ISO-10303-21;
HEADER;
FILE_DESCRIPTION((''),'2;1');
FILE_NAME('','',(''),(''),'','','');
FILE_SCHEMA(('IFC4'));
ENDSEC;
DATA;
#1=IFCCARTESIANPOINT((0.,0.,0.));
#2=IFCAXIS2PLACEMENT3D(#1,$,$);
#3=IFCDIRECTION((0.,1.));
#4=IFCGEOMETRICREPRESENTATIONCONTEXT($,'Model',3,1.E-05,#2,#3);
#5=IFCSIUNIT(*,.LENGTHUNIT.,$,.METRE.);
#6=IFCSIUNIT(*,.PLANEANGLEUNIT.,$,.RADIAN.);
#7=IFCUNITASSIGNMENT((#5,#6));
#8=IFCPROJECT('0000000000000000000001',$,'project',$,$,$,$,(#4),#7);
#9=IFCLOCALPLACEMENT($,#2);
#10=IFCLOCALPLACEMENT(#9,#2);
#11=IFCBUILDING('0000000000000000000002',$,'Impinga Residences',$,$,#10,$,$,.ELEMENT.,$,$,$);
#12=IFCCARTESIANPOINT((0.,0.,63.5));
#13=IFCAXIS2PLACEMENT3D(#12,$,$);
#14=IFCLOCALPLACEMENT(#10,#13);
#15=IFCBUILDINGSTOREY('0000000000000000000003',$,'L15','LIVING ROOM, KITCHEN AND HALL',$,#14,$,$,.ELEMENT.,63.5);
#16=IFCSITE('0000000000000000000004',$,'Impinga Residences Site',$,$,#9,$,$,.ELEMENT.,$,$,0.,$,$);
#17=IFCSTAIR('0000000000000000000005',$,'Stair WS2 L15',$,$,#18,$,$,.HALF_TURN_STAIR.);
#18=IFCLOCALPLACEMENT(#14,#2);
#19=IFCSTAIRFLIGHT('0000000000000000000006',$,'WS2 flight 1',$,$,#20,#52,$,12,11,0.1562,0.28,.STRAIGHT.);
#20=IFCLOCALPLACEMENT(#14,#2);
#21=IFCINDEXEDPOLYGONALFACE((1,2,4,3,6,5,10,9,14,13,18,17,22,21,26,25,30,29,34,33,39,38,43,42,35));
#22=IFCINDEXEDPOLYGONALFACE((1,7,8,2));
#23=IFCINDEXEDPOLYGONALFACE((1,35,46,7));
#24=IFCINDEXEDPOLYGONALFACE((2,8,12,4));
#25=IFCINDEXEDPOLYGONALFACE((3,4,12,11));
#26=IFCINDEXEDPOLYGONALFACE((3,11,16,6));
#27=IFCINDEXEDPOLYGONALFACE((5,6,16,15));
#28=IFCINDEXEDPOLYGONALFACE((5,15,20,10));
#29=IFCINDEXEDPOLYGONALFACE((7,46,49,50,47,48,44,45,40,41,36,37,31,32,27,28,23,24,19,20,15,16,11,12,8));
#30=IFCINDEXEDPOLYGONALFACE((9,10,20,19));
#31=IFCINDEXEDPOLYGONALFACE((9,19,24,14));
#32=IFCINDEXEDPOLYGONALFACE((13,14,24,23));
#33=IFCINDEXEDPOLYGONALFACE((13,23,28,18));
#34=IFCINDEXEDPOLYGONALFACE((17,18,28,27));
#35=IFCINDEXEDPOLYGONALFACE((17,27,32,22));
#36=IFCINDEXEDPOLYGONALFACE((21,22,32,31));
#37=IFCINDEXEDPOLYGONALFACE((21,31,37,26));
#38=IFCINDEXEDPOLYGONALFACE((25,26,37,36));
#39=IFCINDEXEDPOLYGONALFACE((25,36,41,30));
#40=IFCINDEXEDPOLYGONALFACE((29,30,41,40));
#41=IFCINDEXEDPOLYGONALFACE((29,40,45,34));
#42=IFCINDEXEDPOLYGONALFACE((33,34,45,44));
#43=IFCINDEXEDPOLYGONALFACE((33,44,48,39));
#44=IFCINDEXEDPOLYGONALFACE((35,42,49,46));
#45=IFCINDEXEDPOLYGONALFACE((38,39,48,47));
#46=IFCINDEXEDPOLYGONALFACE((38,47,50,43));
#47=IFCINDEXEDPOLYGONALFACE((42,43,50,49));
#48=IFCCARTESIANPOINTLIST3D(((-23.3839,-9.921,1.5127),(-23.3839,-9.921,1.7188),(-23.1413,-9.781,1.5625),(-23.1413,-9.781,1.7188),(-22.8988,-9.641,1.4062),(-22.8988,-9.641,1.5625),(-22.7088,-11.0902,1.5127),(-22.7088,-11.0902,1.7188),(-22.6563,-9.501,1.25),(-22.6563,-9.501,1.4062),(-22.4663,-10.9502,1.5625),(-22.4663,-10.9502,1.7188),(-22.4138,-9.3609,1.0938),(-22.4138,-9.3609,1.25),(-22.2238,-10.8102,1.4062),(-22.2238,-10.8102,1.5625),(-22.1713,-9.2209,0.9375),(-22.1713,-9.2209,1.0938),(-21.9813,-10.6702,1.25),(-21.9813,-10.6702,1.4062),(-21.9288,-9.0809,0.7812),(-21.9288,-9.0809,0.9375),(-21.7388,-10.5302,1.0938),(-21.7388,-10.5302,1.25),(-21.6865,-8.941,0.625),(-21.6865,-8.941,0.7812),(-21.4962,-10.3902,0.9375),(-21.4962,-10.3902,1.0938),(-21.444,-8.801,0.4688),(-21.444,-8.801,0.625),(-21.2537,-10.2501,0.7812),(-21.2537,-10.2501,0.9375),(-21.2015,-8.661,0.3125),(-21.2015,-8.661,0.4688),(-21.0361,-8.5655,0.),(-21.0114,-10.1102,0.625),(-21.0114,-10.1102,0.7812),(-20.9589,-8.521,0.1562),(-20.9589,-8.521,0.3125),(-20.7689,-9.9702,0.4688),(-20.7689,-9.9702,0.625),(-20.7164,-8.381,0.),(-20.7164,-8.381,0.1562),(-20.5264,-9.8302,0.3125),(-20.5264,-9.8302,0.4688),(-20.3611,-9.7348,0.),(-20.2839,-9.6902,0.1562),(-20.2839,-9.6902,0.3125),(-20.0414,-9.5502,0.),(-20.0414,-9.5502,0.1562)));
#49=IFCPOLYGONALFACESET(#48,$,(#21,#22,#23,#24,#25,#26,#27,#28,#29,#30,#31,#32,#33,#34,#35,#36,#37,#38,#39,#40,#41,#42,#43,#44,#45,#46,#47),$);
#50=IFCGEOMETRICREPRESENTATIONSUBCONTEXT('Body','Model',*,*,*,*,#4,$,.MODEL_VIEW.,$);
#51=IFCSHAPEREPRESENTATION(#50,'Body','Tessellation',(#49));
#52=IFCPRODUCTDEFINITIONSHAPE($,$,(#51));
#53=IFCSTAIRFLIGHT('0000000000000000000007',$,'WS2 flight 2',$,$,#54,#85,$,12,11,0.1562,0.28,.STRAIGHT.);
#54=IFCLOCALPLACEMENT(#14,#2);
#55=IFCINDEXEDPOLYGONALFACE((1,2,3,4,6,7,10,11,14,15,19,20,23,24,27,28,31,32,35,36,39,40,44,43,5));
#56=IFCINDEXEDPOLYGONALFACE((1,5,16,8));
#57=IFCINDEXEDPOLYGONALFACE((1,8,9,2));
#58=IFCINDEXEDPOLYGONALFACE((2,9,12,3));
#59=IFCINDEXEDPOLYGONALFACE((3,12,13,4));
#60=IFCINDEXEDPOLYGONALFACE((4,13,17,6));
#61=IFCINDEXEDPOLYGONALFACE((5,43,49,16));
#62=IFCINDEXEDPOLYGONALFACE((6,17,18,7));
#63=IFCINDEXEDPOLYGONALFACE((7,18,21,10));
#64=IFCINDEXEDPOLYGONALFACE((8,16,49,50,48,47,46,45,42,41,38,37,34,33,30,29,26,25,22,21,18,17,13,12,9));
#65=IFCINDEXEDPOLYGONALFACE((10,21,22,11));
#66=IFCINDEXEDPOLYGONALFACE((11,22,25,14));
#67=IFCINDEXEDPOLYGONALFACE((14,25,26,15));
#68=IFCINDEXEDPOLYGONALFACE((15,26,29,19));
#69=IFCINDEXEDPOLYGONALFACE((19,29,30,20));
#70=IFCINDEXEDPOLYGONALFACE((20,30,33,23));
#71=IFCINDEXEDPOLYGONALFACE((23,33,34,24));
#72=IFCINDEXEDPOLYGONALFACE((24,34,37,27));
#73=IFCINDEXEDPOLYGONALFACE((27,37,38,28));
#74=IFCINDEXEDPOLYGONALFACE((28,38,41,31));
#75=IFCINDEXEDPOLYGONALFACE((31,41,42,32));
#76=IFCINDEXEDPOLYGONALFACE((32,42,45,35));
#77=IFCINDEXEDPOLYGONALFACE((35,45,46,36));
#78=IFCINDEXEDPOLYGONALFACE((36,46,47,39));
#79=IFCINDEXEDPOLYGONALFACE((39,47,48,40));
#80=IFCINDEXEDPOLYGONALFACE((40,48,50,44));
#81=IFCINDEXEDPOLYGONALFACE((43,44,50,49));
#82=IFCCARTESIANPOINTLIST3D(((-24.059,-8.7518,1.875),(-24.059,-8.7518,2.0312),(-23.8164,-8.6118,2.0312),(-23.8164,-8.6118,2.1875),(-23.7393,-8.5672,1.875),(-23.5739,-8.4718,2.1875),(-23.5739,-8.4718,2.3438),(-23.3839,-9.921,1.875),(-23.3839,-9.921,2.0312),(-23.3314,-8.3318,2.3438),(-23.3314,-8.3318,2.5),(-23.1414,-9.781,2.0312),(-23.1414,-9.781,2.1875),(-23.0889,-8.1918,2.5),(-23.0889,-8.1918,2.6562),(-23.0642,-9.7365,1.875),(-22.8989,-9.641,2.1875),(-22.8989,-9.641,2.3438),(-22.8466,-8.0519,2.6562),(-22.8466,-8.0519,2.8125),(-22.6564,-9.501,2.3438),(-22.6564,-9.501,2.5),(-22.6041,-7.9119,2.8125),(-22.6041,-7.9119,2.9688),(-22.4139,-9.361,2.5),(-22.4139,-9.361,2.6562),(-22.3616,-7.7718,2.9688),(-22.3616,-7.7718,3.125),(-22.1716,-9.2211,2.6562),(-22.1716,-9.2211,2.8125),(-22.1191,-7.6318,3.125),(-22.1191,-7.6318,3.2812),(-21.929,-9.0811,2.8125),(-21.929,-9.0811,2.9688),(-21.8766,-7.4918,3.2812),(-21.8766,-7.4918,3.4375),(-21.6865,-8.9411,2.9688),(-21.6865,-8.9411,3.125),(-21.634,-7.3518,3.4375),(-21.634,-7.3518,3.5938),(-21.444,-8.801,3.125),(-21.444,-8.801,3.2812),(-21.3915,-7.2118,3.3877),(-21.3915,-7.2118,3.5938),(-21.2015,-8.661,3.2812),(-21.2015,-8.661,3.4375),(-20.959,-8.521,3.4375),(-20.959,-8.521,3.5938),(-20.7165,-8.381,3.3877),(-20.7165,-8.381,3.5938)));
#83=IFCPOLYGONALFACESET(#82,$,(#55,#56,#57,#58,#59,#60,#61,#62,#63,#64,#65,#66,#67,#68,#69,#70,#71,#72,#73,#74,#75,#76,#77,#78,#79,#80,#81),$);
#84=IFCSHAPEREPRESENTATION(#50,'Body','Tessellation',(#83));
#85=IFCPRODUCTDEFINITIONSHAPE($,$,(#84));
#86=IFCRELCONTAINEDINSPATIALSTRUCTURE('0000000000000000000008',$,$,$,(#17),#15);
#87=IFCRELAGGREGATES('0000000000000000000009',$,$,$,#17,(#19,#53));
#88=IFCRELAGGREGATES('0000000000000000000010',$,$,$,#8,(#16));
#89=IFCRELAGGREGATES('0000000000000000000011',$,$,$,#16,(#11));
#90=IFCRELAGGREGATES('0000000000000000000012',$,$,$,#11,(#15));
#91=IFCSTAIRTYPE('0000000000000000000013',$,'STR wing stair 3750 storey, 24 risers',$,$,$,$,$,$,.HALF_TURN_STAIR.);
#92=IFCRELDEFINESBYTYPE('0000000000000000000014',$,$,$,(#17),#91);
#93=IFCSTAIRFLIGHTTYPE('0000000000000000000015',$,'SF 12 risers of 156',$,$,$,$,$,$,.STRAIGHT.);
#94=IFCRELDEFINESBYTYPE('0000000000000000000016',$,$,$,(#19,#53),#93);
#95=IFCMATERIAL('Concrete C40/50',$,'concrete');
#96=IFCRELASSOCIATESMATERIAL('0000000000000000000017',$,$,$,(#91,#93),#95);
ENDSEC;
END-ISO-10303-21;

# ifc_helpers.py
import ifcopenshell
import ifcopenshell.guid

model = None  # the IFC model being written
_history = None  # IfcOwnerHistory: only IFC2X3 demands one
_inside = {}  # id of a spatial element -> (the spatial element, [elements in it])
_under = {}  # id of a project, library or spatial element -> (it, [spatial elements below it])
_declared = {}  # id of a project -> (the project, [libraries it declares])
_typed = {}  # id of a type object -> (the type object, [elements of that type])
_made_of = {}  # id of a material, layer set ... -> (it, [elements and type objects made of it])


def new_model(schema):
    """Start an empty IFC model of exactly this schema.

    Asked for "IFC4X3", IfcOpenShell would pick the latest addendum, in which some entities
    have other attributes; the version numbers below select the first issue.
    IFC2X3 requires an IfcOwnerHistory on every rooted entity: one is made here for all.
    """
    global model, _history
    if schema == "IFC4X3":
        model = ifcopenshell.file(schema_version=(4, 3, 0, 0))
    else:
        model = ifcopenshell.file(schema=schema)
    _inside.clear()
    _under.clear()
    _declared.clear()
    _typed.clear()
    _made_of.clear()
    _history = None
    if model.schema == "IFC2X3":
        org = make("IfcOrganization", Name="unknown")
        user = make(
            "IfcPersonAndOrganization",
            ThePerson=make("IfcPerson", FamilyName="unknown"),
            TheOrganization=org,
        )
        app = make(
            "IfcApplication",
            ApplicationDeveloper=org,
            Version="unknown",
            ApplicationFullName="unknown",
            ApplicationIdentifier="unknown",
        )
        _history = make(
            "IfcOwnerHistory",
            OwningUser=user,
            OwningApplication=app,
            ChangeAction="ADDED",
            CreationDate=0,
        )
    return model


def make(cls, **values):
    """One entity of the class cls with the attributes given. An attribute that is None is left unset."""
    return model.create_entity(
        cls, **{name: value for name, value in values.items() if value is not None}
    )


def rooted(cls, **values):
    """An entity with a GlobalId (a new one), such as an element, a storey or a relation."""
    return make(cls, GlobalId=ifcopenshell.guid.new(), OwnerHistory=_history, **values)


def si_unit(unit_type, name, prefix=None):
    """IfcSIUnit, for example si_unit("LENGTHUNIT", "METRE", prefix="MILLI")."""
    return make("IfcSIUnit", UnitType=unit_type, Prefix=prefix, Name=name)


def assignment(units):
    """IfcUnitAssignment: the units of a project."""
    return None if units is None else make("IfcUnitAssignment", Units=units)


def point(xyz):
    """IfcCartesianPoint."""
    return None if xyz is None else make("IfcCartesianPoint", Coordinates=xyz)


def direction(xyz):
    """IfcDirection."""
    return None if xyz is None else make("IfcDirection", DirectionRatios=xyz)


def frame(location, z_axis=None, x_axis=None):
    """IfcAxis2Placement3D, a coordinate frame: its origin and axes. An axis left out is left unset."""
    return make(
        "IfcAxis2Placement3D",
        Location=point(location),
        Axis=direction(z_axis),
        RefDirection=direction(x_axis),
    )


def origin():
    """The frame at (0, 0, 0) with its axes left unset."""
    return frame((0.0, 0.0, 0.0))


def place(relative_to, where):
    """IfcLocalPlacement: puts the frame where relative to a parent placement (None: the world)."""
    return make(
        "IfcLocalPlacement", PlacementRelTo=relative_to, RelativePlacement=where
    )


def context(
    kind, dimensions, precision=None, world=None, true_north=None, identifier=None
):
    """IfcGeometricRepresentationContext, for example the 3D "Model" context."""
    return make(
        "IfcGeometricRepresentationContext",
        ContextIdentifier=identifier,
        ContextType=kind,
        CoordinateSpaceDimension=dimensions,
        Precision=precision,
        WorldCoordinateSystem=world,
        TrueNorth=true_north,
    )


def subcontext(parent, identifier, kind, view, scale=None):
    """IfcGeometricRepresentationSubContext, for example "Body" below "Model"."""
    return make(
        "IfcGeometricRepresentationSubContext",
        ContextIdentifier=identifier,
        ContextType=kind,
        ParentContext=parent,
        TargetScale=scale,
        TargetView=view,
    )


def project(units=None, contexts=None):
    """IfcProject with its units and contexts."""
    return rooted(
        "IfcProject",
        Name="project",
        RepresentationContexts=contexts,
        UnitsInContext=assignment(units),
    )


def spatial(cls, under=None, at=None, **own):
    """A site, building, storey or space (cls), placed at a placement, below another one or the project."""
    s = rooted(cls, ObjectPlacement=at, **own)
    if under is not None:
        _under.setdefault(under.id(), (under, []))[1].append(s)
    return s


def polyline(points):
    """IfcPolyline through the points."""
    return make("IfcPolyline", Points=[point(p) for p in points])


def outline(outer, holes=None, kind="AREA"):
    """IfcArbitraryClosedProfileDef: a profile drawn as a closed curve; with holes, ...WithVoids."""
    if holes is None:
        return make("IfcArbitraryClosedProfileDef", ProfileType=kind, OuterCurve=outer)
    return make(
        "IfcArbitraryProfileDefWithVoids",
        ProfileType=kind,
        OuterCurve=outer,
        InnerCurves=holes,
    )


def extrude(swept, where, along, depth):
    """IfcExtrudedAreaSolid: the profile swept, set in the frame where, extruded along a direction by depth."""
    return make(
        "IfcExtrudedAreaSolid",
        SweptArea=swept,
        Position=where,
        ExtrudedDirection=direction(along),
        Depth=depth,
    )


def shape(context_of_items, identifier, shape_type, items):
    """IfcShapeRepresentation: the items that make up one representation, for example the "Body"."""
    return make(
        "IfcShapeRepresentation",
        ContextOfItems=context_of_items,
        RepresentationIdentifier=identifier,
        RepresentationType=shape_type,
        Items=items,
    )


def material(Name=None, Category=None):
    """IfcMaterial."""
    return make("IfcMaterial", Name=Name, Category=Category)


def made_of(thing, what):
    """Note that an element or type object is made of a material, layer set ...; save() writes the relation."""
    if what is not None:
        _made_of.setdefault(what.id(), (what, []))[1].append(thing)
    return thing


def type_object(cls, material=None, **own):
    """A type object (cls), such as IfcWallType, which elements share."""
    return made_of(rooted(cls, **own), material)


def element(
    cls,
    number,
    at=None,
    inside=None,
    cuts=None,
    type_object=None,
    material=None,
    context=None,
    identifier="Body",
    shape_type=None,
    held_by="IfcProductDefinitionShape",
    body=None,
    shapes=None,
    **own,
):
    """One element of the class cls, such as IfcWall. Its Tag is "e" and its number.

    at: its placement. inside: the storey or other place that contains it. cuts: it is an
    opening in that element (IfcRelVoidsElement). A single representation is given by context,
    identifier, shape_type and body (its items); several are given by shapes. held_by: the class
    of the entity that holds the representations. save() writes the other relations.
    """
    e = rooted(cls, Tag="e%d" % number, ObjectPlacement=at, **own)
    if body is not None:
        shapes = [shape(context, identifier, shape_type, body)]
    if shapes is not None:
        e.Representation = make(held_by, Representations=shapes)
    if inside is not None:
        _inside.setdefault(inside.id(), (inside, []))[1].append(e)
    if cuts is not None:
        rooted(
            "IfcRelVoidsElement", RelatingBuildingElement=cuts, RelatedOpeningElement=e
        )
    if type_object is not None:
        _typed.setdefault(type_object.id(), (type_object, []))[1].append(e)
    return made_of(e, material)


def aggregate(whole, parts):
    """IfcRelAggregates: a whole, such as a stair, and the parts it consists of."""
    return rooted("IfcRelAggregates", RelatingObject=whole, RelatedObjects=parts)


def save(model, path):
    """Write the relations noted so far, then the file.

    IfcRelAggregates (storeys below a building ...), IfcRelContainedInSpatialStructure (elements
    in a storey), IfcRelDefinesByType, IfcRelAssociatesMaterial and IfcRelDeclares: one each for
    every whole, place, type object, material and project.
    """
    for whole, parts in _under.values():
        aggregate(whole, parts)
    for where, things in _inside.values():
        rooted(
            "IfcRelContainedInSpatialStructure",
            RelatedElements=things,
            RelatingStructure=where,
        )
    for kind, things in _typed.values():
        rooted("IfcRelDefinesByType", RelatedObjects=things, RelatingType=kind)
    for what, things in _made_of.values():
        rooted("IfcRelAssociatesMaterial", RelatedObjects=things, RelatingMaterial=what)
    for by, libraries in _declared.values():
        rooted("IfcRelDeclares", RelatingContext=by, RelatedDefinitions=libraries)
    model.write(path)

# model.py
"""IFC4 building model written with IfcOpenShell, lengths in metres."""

from ifc_helpers import new_model, si_unit, direction, frame, origin, place, context, subcontext, project, spatial, polyline, outline, extrude, material, type_object, element, aggregate, save


model = new_model("IFC4")

# Units and contexts
model_context = context("Model", 3, precision=1e-05, world=origin(), true_north=direction((0.0, 1.0)))
body_context = subcontext(model_context, "Body", "Model", "MODEL_VIEW")
ifc_project = project(units=[si_unit("LENGTHUNIT", "METRE"), si_unit("PLANEANGLEUNIT", "RADIAN")], contexts=[model_context])

# Site, building, storey
site_placement = place(None, origin())
site = spatial("IfcSite", under=ifc_project, at=site_placement, Name="Impinga Residences Site", CompositionType="ELEMENT", RefElevation=0.0)
building_placement = place(site_placement, origin())
building = spatial("IfcBuilding", under=site, at=building_placement, Name="Impinga Residences", CompositionType="ELEMENT")
storey_placement = place(building_placement, frame((0.0, 0.0, 63.5)))
storey = spatial("IfcBuildingStorey", under=building, at=storey_placement, Name="L15", Description="LIVING ROOM, KITCHEN AND HALL", CompositionType="ELEMENT", Elevation=63.5)

# Stair, stair flights
ifc_material_1 = material(Name="Concrete C40/50", Category="concrete")
stair_type = type_object("IfcStairType", Name="STR wing stair 3750 storey, 24 risers", PredefinedType="HALF_TURN_STAIR", material=ifc_material_1)
stair_placement = place(storey_placement, origin())
stair = element("IfcStair", 1, at=stair_placement, inside=storey, type_object=stair_type, Name="Stair WS2 L15", PredefinedType="HALF_TURN_STAIR")
stair_flight_type = type_object("IfcStairFlightType", Name="SF 12 risers of 156", PredefinedType="STRAIGHT", material=ifc_material_1)
stair_flight_1_placement = place(storey_placement, frame((-20.3789, -8.9656, 0.0), z_axis=(0.0, 0.0, 1.0), x_axis=(-0.866025, -0.5, 0.0)))
stair_flight_1 = element("IfcStairFlight", 2, at=stair_flight_1_placement, type_object=stair_flight_type, Name="WS2 flight 1", NumberOfRisers=12, NumberOfTreads=11, PredefinedType="STRAIGHT", RiserHeight=0.1562, TreadLength=0.28, context=body_context, shape_type="SweptSolid", body=[
    extrude(outline(polyline([(0.0, 0.0), (0.0, 0.1562), (0.28, 0.1562), (0.28, 0.3125), (0.5601, 0.3125), (0.5601, 0.4688), (0.8401, 0.4688), (0.8401, 0.625), (1.1201, 0.625), (1.1201, 0.7812), (1.3999, 0.7812), (1.3999, 0.9375), (1.6799, 0.9375), (1.6799, 1.0938), (1.96, 1.0938), (1.96, 1.25), (2.24, 1.25), (2.24, 1.4062), (2.52, 1.4062), (2.52, 1.5625), (2.8, 1.5625), (2.8, 1.7188), (3.0801, 1.7188), (3.0801, 1.875), (3.0801, 1.5127), (0.3691, 0.0), (0.0, 0.0)])), frame((0.0, 0.675, 0.0), z_axis=(0.0, -1.0, 0.0), x_axis=(1.0, 0.0, 0.0)), (0.0, 0.0, 1.0), 1.3501),
])
stair_flight_2_placement = place(storey_placement, frame((-23.7214, -9.3364, 1.875), z_axis=(0.0, 0.0, 1.0), x_axis=(0.866025, 0.5, 0.0)))
stair_flight_2 = element("IfcStairFlight", 3, at=stair_flight_2_placement, type_object=stair_flight_type, Name="WS2 flight 2", NumberOfRisers=12, NumberOfTreads=11, PredefinedType="STRAIGHT", RiserHeight=0.1562, TreadLength=0.28, context=body_context, shape_type="SweptSolid", body=[
    extrude(outline(polyline([(0.0, 0.0), (0.0, 0.1562), (0.28, 0.1562), (0.28, 0.3125), (0.5601, 0.3125), (0.5601, 0.4688), (0.8401, 0.4688), (0.8401, 0.625), (1.1201, 0.625), (1.1201, 0.7812), (1.3999, 0.7812), (1.3999, 0.9375), (1.6799, 0.9375), (1.6799, 1.0938), (1.96, 1.0938), (1.96, 1.25), (2.24, 1.25), (2.24, 1.4062), (2.52, 1.4062), (2.52, 1.5625), (2.8, 1.5625), (2.8, 1.7188), (3.0801, 1.7188), (3.0801, 1.875), (3.0801, 1.5127), (0.3691, 0.0), (0.0, 0.0)])), frame((0.0, 0.675, 0.0), z_axis=(0.0, -1.0, 0.0), x_axis=(1.0, 0.0, 0.0)), (0.0, 0.0, 1.0), 1.3501),
])
aggregate(stair, [stair_flight_1, stair_flight_2])

save(model, "model.ifc")
